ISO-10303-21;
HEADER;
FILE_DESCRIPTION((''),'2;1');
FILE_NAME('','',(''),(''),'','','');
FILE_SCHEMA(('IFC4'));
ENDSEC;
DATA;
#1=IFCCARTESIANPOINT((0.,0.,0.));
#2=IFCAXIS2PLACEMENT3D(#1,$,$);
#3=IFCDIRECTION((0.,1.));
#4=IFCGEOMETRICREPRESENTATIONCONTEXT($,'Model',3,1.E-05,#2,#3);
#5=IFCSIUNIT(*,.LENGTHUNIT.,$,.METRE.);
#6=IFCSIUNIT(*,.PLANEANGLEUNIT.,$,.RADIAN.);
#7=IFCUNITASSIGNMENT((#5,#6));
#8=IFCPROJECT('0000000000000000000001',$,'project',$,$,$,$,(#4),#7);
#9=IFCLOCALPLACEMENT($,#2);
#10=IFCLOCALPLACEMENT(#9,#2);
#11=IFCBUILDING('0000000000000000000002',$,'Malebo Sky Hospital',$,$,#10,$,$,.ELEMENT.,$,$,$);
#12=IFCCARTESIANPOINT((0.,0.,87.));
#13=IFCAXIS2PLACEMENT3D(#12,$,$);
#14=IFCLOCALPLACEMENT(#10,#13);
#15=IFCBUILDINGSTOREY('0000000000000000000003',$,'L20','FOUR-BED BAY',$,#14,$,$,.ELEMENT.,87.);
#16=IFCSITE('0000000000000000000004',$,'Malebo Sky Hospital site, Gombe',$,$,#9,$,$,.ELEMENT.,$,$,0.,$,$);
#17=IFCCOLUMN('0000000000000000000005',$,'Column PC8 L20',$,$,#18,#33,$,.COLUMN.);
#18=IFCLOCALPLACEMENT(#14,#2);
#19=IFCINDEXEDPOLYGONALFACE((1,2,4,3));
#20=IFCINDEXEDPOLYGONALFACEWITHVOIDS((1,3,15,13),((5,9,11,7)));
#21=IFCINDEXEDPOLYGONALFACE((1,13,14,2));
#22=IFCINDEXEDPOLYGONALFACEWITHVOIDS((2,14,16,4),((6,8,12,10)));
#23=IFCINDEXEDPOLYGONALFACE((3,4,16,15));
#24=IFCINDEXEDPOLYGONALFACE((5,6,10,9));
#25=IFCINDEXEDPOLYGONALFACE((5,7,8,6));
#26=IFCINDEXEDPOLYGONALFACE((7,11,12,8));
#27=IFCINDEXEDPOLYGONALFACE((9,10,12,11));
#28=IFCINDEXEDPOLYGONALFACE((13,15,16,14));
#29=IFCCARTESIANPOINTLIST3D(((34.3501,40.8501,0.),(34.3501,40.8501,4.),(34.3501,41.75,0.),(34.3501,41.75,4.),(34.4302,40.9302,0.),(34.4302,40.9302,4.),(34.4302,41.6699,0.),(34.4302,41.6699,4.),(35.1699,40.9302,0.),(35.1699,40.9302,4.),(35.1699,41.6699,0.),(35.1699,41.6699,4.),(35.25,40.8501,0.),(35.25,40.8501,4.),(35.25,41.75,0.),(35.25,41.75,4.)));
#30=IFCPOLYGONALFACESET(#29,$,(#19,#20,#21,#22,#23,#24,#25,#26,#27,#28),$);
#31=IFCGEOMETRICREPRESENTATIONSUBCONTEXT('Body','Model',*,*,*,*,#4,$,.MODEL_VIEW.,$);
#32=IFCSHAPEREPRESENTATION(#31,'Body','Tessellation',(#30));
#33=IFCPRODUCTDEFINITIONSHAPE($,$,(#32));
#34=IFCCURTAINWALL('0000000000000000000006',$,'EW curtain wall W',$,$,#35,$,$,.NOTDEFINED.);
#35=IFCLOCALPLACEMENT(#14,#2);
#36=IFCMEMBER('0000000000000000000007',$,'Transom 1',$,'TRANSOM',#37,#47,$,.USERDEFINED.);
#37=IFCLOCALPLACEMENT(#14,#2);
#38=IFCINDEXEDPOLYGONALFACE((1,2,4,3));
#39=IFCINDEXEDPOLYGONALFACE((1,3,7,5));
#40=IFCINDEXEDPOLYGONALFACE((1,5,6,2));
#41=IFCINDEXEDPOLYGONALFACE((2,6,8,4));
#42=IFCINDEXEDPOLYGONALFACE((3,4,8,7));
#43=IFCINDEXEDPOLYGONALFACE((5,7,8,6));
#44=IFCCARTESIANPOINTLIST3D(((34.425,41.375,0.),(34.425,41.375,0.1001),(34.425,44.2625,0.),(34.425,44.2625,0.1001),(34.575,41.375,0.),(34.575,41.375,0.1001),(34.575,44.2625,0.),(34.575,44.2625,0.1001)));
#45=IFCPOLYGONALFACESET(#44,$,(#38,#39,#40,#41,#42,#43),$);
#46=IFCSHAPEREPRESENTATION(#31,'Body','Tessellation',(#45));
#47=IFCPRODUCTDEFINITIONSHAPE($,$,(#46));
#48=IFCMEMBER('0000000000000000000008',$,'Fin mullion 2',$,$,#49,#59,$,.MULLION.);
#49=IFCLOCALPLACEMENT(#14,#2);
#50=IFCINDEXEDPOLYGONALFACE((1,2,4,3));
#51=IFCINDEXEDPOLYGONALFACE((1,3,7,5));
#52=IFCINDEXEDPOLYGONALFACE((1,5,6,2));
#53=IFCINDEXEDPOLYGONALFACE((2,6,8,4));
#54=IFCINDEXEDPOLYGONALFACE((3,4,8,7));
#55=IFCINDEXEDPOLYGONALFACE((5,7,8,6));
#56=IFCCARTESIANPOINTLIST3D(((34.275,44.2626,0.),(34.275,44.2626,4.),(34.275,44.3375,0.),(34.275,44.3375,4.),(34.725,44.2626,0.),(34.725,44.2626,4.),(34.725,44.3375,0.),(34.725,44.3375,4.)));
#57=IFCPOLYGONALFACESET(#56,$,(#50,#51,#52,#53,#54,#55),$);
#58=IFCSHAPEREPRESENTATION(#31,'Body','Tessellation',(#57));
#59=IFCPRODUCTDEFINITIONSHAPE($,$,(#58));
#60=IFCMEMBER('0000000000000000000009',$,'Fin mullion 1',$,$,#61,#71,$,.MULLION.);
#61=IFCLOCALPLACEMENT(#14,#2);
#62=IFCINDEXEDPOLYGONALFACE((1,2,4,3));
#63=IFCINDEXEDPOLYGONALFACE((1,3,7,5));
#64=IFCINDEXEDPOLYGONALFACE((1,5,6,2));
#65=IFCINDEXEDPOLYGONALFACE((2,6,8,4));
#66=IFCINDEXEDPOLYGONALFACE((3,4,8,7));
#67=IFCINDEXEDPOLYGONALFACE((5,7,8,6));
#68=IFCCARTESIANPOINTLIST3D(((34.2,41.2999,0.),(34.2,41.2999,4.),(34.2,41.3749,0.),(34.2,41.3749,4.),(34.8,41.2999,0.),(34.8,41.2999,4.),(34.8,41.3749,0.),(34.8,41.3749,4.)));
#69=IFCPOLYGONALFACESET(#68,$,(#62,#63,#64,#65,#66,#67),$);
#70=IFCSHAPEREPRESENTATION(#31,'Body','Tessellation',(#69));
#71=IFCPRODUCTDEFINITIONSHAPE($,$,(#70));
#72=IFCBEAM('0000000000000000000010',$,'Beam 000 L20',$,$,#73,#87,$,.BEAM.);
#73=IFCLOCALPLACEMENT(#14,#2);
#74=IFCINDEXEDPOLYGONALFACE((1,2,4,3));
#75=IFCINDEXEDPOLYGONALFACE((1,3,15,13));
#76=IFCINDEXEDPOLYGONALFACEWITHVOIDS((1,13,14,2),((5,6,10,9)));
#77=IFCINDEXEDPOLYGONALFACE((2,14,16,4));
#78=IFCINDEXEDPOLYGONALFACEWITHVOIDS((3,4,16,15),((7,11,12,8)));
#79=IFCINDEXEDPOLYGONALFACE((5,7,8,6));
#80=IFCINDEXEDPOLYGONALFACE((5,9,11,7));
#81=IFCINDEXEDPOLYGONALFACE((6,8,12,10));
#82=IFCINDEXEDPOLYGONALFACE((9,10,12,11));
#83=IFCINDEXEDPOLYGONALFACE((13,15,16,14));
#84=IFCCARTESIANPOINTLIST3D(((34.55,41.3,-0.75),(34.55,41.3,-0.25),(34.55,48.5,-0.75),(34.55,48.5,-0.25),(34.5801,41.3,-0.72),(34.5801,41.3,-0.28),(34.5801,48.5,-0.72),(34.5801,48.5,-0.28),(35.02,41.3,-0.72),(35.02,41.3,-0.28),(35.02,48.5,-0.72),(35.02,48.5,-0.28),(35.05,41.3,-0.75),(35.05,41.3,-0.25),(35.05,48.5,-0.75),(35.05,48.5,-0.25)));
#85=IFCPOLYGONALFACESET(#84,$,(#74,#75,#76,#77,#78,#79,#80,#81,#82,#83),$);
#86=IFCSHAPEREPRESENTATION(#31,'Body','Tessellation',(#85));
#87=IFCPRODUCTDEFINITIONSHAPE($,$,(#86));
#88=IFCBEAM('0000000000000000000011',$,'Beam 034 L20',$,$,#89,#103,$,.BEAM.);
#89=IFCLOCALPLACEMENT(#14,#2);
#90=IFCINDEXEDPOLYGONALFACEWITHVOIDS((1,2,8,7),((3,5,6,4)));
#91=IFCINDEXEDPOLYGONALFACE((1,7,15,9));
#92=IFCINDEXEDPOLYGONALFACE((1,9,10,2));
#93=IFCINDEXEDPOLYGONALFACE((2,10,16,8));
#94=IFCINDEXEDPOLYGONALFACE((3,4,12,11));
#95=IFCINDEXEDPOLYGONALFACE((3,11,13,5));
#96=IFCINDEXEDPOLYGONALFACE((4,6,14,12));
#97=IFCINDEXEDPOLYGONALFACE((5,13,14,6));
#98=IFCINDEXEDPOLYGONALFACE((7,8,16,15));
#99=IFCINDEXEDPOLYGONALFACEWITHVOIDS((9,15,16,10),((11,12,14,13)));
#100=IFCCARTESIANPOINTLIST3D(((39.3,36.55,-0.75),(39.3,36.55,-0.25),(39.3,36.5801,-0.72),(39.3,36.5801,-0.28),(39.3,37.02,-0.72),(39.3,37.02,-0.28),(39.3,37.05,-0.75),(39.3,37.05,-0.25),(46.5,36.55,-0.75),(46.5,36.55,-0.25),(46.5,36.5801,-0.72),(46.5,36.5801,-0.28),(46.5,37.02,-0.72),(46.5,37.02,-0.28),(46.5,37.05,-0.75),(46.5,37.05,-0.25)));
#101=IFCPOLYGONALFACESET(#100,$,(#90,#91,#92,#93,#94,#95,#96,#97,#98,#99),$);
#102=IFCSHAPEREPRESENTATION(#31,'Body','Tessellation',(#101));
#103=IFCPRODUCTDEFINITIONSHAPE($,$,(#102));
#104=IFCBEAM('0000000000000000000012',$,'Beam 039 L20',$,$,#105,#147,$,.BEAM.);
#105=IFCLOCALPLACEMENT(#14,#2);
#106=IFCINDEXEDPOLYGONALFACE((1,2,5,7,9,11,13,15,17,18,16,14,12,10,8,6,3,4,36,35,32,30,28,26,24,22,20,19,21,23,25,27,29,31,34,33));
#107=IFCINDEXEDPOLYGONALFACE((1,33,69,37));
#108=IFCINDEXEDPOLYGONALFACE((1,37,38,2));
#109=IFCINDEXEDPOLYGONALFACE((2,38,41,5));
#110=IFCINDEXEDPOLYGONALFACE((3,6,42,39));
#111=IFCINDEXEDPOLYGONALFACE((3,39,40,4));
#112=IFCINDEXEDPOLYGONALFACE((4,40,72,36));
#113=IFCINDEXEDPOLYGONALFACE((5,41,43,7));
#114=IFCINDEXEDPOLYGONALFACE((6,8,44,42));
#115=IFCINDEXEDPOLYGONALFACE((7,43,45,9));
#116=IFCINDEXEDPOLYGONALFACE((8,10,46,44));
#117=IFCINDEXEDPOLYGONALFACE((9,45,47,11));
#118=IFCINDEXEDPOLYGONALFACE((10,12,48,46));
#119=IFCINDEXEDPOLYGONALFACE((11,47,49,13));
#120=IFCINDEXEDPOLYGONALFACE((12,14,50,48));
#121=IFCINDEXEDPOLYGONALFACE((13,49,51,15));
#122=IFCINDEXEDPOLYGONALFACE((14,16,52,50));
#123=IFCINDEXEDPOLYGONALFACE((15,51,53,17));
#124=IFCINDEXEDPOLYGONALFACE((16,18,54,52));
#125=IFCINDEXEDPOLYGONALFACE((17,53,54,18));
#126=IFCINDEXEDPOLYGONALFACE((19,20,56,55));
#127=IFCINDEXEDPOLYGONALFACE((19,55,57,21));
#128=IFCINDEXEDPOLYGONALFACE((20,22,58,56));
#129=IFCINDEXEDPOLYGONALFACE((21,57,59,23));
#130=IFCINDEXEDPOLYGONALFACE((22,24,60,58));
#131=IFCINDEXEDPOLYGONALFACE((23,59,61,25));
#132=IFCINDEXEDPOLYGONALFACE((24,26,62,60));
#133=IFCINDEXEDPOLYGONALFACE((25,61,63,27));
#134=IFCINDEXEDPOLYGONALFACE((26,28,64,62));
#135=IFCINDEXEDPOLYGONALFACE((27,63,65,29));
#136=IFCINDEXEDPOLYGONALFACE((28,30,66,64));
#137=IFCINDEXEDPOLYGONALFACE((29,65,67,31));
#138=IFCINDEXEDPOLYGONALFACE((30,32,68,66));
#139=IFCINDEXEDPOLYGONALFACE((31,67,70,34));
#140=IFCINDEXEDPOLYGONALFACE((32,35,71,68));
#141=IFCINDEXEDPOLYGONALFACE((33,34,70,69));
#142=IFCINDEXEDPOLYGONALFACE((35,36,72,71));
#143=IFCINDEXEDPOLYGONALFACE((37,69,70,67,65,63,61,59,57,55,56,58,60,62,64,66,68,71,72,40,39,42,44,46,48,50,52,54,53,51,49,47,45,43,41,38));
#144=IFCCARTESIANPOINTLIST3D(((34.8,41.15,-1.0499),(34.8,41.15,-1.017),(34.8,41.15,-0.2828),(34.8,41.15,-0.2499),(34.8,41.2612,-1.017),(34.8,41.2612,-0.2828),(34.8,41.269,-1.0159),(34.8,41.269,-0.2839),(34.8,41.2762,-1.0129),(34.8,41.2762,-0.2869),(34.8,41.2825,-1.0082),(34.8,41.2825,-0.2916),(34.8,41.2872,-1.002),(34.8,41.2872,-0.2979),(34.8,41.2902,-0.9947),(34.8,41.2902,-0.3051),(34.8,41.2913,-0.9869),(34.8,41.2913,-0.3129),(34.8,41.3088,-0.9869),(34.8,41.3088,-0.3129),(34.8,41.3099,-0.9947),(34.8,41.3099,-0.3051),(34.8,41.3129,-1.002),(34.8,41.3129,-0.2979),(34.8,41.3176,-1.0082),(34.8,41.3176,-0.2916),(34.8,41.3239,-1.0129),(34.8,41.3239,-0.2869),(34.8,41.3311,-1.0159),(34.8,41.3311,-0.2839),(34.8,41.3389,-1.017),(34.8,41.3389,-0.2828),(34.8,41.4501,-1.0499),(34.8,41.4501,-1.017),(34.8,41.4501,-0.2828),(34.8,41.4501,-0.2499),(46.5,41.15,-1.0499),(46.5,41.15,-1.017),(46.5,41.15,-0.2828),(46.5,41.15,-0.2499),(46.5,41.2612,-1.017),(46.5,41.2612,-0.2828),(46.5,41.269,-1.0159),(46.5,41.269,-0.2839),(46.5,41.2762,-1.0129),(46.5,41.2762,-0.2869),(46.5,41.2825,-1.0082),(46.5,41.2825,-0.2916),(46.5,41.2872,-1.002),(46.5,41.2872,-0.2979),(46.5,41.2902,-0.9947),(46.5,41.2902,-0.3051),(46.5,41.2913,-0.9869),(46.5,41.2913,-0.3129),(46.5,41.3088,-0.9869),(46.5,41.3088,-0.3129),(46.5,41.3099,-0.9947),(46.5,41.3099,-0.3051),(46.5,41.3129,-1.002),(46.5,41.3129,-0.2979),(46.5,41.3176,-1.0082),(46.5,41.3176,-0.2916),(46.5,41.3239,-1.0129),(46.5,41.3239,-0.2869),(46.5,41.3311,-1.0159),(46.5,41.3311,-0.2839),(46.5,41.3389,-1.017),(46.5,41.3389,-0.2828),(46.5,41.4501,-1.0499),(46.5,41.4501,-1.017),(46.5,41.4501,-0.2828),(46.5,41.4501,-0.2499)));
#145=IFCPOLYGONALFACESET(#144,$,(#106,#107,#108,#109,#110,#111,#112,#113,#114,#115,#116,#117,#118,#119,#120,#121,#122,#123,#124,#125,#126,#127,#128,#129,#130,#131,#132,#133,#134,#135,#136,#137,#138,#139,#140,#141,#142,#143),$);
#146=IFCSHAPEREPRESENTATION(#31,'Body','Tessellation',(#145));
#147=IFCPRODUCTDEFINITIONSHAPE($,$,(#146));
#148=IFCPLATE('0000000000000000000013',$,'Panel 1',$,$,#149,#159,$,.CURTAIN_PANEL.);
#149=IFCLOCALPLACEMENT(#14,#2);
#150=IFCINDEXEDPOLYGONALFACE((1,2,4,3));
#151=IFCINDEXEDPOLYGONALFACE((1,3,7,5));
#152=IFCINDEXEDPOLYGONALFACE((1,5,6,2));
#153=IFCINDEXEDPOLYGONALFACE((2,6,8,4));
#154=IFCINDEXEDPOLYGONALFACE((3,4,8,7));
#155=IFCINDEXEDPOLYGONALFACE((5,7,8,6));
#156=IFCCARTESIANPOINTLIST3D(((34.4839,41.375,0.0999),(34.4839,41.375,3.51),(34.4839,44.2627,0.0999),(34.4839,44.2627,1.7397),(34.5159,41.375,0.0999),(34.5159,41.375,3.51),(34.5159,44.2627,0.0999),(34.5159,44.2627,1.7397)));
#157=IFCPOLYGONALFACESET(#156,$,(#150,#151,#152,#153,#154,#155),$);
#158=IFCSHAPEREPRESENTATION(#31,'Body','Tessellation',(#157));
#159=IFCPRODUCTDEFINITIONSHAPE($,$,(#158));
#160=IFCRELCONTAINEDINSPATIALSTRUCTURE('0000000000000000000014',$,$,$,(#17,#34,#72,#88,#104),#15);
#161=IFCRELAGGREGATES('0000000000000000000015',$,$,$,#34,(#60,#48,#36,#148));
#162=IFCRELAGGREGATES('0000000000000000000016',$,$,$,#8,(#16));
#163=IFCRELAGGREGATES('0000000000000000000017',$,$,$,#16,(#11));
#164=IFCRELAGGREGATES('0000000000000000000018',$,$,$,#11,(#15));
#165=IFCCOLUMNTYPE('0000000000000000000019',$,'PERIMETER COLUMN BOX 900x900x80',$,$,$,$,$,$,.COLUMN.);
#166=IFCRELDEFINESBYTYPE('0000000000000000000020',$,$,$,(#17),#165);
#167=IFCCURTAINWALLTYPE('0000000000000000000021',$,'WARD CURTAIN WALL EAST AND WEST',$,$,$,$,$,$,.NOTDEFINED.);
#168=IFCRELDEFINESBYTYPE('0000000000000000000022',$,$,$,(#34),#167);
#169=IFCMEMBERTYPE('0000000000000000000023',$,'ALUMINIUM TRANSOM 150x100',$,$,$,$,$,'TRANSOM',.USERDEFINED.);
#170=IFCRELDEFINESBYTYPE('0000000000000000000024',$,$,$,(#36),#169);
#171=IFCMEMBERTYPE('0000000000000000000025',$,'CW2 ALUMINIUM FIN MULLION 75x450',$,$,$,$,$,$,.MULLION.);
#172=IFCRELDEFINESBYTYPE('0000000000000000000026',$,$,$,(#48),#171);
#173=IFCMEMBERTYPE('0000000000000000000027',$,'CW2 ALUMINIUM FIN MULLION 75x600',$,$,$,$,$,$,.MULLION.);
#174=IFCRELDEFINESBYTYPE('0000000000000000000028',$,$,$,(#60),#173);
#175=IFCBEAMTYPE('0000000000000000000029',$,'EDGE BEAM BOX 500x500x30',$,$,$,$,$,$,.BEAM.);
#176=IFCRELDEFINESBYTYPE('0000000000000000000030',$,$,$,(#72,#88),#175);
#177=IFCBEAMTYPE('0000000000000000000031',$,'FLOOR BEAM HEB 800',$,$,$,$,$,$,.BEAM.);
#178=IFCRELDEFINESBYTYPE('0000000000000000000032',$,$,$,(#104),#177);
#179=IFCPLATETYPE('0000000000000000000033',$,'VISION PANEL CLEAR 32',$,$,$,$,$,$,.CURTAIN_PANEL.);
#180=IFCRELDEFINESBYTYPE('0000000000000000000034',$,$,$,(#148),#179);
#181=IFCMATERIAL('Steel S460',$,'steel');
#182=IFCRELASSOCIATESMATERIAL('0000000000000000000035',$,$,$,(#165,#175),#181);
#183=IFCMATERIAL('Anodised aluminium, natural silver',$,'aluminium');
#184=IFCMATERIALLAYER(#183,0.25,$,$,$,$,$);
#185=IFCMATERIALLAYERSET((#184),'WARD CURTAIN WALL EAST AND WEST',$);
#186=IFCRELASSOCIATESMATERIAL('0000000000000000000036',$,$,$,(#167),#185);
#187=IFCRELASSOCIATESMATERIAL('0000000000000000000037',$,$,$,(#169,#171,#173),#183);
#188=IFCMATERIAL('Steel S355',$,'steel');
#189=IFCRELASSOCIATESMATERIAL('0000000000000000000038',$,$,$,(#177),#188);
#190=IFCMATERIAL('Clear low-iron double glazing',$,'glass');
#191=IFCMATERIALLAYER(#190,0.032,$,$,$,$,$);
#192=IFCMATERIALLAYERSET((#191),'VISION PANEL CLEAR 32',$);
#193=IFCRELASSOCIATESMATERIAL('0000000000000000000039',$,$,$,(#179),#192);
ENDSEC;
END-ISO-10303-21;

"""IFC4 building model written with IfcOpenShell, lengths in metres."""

from ifc_helpers import new_model, si_unit, direction, frame, origin, origin_2d, place, context, subcontext, project, spatial, polyline, rectangle, hollow_rectangle, i_section, outline, extrude, material, layer, layer_set, material_profile, profile_set, type_object, element, aggregate, save


model = new_model("IFC4")

# Units and contexts
model_context = context("Model", 3, precision=1e-05, world=origin(), true_north=direction((0.0, 1.0)))
body_context = subcontext(model_context, "Body", "Model", "MODEL_VIEW")
ifc_project = project(units=[si_unit("LENGTHUNIT", "METRE"), si_unit("PLANEANGLEUNIT", "RADIAN")], contexts=[model_context])

# Site, building, storey
site_placement = place(None, origin())
site = spatial("IfcSite", under=ifc_project, at=site_placement, Name="Malebo Sky Hospital site, Gombe", CompositionType="ELEMENT", RefElevation=0.0)
building_placement = place(site_placement, origin())
building = spatial("IfcBuilding", under=site, at=building_placement, Name="Malebo Sky Hospital", CompositionType="ELEMENT")
storey_placement = place(building_placement, frame((0.0, 0.0, 87.0)))
storey = spatial("IfcBuildingStorey", under=building, at=storey_placement, Name="L20", Description="FOUR-BED BAY", CompositionType="ELEMENT", Elevation=87.0)

# Column
ifc_material_1 = material(Name="Steel S460", Category="steel")
ifc_material_profile_1 = material_profile(ifc_material_1, hollow_rectangle(XDim=0.8999, YDim=0.8999, WallThickness=0.0801, at=origin_2d()), Name="BOX 900x900x80")
ifc_profile_set_1 = profile_set([ifc_material_profile_1], Name="Steel S460")
column_type = type_object("IfcColumnType", Name="PERIMETER COLUMN BOX 900x900x80", PredefinedType="COLUMN", material=ifc_profile_set_1)
column_placement = place(storey_placement, frame((34.8, 41.3, 0.0), z_axis=(0.0, 0.0, 1.0), x_axis=(1.0, 0.0, 0.0)))
element("IfcColumn", 1, at=column_placement, inside=storey, type_object=column_type, Name="Column PC8 L20", PredefinedType="COLUMN", context=body_context, shape_type="SweptSolid", body=[
    extrude(hollow_rectangle(XDim=0.8999, YDim=0.8999, WallThickness=0.0801, at=origin_2d()), origin(), (0.0, 0.0, 1.0), 4.0),
])

# Curtain wall, members
ifc_material_2 = material(Name="Anodised aluminium, natural silver", Category="aluminium")
ifc_layer_1 = layer(ifc_material_2, 0.25)
ifc_layer_set_1 = layer_set([ifc_layer_1], Name="WARD CURTAIN WALL EAST AND WEST")
curtain_wall_type = type_object("IfcCurtainWallType", Name="WARD CURTAIN WALL EAST AND WEST", PredefinedType="NOTDEFINED", material=ifc_layer_set_1)
curtain_wall_placement = place(storey_placement, origin())
curtain_wall = element("IfcCurtainWall", 2, at=curtain_wall_placement, inside=storey, type_object=curtain_wall_type, Name="EW curtain wall W", PredefinedType="NOTDEFINED")
ifc_material_profile_2 = material_profile(ifc_material_2, rectangle(XDim=0.1499, YDim=0.1001, at=origin_2d()), Name="ALUMINIUM TRANSOM 150x100")
ifc_profile_set_2 = profile_set([ifc_material_profile_2], Name="Anodised aluminium, natural silver")
member_type_1 = type_object("IfcMemberType", Name="ALUMINIUM TRANSOM 150x100", ElementType="TRANSOM", PredefinedType="USERDEFINED", material=ifc_profile_set_2)
member_1_placement = place(storey_placement, frame((34.5, 41.375, 0.05), z_axis=(0.0, 1.0, 0.0), x_axis=(-1.0, 0.0, 0.0)))
member_1 = element("IfcMember", 3, at=member_1_placement, type_object=member_type_1, Name="Transom 1", ObjectType="TRANSOM", PredefinedType="USERDEFINED", context=body_context, shape_type="SweptSolid", body=[
    extrude(rectangle(XDim=0.1499, YDim=0.1001, at=origin_2d()), origin(), (0.0, 0.0, 1.0), 2.8875),
])
ifc_material_profile_3 = material_profile(ifc_material_2, rectangle(XDim=0.075, YDim=0.45, at=origin_2d()), Name="CW2 ALUMINIUM FIN MULLION 75x450")
ifc_profile_set_3 = profile_set([ifc_material_profile_3], Name="Anodised aluminium, natural silver")
member_type_2 = type_object("IfcMemberType", Name="CW2 ALUMINIUM FIN MULLION 75x450", PredefinedType="MULLION", material=ifc_profile_set_3)
member_2_placement = place(storey_placement, frame((34.5, 44.3, 0.0), z_axis=(0.0, 0.0, 1.0), x_axis=(0.0, 1.0, 0.0)))
member_2 = element("IfcMember", 4, at=member_2_placement, type_object=member_type_2, Name="Fin mullion 2", PredefinedType="MULLION", context=body_context, shape_type="SweptSolid", body=[
    extrude(rectangle(XDim=0.075, YDim=0.45, at=origin_2d()), origin(), (0.0, 0.0, 1.0), 4.0),
])
ifc_material_profile_4 = material_profile(ifc_material_2, rectangle(XDim=0.075, YDim=0.6001, at=origin_2d()), Name="CW2 ALUMINIUM FIN MULLION 75x600")
ifc_profile_set_4 = profile_set([ifc_material_profile_4], Name="Anodised aluminium, natural silver")
member_type_3 = type_object("IfcMemberType", Name="CW2 ALUMINIUM FIN MULLION 75x600", PredefinedType="MULLION", material=ifc_profile_set_4)
member_3_placement = place(storey_placement, frame((34.5, 41.3374, 0.0), z_axis=(0.0, 0.0, 1.0), x_axis=(0.0, 1.0, 0.0)))
member_3 = element("IfcMember", 5, at=member_3_placement, type_object=member_type_3, Name="Fin mullion 1", PredefinedType="MULLION", context=body_context, shape_type="SweptSolid", body=[
    extrude(rectangle(XDim=0.075, YDim=0.6001, at=origin_2d()), origin(), (0.0, 0.0, 1.0), 4.0),
])

# Beams
ifc_material_profile_5 = material_profile(ifc_material_1, hollow_rectangle(XDim=0.5, YDim=0.5, WallThickness=0.03, at=origin_2d()), Name="BOX 500x500x30")
ifc_profile_set_5 = profile_set([ifc_material_profile_5], Name="Steel S460")
beam_type_1 = type_object("IfcBeamType", Name="EDGE BEAM BOX 500x500x30", PredefinedType="BEAM", material=ifc_profile_set_5)
for number, where, z_axis, x_axis, name in (
    (6, (34.8, 41.3, -0.5), (0.0, 1.0, 0.0), (-1.0, 0.0, 0.0), "Beam 000 L20"),
    (7, (39.3, 36.8, -0.5), (1.0, 0.0, 0.0), (0.0, 1.0, 0.0), "Beam 034 L20"),
):
    element("IfcBeam", number, at=place(storey_placement, frame(where, z_axis=z_axis, x_axis=x_axis)), inside=storey, type_object=beam_type_1, Name=name, PredefinedType="BEAM", context=body_context, shape_type="SweptSolid", body=[
        extrude(hollow_rectangle(XDim=0.5, YDim=0.5, WallThickness=0.03, at=origin_2d()), origin(), (0.0, 0.0, 1.0), 7.2),
    ])
ifc_material_3 = material(Name="Steel S355", Category="steel")
ifc_material_profile_6 = material_profile(ifc_material_3, i_section(OverallWidth=0.3, OverallDepth=0.8, WebThickness=0.0176, FlangeThickness=0.033, FilletRadius=0.03, at=origin_2d()), Name="HEB 800")
ifc_profile_set_6 = profile_set([ifc_material_profile_6], Name="Steel S355")
beam_type_2 = type_object("IfcBeamType", Name="FLOOR BEAM HEB 800", PredefinedType="BEAM", material=ifc_profile_set_6)
beam_placement = place(storey_placement, frame((34.8, 41.3, -0.6499), z_axis=(1.0, 0.0, 0.0), x_axis=(0.0, 1.0, 0.0)))
element("IfcBeam", 8, at=beam_placement, inside=storey, type_object=beam_type_2, Name="Beam 039 L20", PredefinedType="BEAM", context=body_context, shape_type="SweptSolid", body=[
    extrude(i_section(OverallWidth=0.3, OverallDepth=0.8, WebThickness=0.0176, FlangeThickness=0.033, FilletRadius=0.03, at=origin_2d()), origin(), (0.0, 0.0, 1.0), 11.7),
])

# Plate
ifc_material_4 = material(Name="Clear low-iron double glazing", Category="glass")
ifc_layer_2 = layer(ifc_material_4, 0.032)
ifc_layer_set_2 = layer_set([ifc_layer_2], Name="VISION PANEL CLEAR 32")
plate_type = type_object("IfcPlateType", Name="VISION PANEL CLEAR 32", PredefinedType="CURTAIN_PANEL", material=ifc_layer_set_2)
plate_placement = place(storey_placement, frame((34.5, 42.8188, 0.0999), z_axis=(0.0, 0.0, 1.0), x_axis=(0.0, 1.0, 0.0)))
plate = element("IfcPlate", 9, at=plate_placement, type_object=plate_type, Name="Panel 1", PredefinedType="CURTAIN_PANEL", context=body_context, shape_type="SweptSolid", body=[
    extrude(outline(polyline([(-1.4438, 0.0), (1.4438, 0.0), (1.4438, 1.6399), (-1.4438, 3.4102), (-1.4438, 0.0)])), frame((0.0, 0.0161, 0.0), z_axis=(0.0, -1.0, 0.0), x_axis=(1.0, 0.0, 0.0)), (0.0, 0.0, 1.0), 0.032),
])
aggregate(curtain_wall, [member_3, member_2, member_1, plate])

save(model, "model.ifc")
